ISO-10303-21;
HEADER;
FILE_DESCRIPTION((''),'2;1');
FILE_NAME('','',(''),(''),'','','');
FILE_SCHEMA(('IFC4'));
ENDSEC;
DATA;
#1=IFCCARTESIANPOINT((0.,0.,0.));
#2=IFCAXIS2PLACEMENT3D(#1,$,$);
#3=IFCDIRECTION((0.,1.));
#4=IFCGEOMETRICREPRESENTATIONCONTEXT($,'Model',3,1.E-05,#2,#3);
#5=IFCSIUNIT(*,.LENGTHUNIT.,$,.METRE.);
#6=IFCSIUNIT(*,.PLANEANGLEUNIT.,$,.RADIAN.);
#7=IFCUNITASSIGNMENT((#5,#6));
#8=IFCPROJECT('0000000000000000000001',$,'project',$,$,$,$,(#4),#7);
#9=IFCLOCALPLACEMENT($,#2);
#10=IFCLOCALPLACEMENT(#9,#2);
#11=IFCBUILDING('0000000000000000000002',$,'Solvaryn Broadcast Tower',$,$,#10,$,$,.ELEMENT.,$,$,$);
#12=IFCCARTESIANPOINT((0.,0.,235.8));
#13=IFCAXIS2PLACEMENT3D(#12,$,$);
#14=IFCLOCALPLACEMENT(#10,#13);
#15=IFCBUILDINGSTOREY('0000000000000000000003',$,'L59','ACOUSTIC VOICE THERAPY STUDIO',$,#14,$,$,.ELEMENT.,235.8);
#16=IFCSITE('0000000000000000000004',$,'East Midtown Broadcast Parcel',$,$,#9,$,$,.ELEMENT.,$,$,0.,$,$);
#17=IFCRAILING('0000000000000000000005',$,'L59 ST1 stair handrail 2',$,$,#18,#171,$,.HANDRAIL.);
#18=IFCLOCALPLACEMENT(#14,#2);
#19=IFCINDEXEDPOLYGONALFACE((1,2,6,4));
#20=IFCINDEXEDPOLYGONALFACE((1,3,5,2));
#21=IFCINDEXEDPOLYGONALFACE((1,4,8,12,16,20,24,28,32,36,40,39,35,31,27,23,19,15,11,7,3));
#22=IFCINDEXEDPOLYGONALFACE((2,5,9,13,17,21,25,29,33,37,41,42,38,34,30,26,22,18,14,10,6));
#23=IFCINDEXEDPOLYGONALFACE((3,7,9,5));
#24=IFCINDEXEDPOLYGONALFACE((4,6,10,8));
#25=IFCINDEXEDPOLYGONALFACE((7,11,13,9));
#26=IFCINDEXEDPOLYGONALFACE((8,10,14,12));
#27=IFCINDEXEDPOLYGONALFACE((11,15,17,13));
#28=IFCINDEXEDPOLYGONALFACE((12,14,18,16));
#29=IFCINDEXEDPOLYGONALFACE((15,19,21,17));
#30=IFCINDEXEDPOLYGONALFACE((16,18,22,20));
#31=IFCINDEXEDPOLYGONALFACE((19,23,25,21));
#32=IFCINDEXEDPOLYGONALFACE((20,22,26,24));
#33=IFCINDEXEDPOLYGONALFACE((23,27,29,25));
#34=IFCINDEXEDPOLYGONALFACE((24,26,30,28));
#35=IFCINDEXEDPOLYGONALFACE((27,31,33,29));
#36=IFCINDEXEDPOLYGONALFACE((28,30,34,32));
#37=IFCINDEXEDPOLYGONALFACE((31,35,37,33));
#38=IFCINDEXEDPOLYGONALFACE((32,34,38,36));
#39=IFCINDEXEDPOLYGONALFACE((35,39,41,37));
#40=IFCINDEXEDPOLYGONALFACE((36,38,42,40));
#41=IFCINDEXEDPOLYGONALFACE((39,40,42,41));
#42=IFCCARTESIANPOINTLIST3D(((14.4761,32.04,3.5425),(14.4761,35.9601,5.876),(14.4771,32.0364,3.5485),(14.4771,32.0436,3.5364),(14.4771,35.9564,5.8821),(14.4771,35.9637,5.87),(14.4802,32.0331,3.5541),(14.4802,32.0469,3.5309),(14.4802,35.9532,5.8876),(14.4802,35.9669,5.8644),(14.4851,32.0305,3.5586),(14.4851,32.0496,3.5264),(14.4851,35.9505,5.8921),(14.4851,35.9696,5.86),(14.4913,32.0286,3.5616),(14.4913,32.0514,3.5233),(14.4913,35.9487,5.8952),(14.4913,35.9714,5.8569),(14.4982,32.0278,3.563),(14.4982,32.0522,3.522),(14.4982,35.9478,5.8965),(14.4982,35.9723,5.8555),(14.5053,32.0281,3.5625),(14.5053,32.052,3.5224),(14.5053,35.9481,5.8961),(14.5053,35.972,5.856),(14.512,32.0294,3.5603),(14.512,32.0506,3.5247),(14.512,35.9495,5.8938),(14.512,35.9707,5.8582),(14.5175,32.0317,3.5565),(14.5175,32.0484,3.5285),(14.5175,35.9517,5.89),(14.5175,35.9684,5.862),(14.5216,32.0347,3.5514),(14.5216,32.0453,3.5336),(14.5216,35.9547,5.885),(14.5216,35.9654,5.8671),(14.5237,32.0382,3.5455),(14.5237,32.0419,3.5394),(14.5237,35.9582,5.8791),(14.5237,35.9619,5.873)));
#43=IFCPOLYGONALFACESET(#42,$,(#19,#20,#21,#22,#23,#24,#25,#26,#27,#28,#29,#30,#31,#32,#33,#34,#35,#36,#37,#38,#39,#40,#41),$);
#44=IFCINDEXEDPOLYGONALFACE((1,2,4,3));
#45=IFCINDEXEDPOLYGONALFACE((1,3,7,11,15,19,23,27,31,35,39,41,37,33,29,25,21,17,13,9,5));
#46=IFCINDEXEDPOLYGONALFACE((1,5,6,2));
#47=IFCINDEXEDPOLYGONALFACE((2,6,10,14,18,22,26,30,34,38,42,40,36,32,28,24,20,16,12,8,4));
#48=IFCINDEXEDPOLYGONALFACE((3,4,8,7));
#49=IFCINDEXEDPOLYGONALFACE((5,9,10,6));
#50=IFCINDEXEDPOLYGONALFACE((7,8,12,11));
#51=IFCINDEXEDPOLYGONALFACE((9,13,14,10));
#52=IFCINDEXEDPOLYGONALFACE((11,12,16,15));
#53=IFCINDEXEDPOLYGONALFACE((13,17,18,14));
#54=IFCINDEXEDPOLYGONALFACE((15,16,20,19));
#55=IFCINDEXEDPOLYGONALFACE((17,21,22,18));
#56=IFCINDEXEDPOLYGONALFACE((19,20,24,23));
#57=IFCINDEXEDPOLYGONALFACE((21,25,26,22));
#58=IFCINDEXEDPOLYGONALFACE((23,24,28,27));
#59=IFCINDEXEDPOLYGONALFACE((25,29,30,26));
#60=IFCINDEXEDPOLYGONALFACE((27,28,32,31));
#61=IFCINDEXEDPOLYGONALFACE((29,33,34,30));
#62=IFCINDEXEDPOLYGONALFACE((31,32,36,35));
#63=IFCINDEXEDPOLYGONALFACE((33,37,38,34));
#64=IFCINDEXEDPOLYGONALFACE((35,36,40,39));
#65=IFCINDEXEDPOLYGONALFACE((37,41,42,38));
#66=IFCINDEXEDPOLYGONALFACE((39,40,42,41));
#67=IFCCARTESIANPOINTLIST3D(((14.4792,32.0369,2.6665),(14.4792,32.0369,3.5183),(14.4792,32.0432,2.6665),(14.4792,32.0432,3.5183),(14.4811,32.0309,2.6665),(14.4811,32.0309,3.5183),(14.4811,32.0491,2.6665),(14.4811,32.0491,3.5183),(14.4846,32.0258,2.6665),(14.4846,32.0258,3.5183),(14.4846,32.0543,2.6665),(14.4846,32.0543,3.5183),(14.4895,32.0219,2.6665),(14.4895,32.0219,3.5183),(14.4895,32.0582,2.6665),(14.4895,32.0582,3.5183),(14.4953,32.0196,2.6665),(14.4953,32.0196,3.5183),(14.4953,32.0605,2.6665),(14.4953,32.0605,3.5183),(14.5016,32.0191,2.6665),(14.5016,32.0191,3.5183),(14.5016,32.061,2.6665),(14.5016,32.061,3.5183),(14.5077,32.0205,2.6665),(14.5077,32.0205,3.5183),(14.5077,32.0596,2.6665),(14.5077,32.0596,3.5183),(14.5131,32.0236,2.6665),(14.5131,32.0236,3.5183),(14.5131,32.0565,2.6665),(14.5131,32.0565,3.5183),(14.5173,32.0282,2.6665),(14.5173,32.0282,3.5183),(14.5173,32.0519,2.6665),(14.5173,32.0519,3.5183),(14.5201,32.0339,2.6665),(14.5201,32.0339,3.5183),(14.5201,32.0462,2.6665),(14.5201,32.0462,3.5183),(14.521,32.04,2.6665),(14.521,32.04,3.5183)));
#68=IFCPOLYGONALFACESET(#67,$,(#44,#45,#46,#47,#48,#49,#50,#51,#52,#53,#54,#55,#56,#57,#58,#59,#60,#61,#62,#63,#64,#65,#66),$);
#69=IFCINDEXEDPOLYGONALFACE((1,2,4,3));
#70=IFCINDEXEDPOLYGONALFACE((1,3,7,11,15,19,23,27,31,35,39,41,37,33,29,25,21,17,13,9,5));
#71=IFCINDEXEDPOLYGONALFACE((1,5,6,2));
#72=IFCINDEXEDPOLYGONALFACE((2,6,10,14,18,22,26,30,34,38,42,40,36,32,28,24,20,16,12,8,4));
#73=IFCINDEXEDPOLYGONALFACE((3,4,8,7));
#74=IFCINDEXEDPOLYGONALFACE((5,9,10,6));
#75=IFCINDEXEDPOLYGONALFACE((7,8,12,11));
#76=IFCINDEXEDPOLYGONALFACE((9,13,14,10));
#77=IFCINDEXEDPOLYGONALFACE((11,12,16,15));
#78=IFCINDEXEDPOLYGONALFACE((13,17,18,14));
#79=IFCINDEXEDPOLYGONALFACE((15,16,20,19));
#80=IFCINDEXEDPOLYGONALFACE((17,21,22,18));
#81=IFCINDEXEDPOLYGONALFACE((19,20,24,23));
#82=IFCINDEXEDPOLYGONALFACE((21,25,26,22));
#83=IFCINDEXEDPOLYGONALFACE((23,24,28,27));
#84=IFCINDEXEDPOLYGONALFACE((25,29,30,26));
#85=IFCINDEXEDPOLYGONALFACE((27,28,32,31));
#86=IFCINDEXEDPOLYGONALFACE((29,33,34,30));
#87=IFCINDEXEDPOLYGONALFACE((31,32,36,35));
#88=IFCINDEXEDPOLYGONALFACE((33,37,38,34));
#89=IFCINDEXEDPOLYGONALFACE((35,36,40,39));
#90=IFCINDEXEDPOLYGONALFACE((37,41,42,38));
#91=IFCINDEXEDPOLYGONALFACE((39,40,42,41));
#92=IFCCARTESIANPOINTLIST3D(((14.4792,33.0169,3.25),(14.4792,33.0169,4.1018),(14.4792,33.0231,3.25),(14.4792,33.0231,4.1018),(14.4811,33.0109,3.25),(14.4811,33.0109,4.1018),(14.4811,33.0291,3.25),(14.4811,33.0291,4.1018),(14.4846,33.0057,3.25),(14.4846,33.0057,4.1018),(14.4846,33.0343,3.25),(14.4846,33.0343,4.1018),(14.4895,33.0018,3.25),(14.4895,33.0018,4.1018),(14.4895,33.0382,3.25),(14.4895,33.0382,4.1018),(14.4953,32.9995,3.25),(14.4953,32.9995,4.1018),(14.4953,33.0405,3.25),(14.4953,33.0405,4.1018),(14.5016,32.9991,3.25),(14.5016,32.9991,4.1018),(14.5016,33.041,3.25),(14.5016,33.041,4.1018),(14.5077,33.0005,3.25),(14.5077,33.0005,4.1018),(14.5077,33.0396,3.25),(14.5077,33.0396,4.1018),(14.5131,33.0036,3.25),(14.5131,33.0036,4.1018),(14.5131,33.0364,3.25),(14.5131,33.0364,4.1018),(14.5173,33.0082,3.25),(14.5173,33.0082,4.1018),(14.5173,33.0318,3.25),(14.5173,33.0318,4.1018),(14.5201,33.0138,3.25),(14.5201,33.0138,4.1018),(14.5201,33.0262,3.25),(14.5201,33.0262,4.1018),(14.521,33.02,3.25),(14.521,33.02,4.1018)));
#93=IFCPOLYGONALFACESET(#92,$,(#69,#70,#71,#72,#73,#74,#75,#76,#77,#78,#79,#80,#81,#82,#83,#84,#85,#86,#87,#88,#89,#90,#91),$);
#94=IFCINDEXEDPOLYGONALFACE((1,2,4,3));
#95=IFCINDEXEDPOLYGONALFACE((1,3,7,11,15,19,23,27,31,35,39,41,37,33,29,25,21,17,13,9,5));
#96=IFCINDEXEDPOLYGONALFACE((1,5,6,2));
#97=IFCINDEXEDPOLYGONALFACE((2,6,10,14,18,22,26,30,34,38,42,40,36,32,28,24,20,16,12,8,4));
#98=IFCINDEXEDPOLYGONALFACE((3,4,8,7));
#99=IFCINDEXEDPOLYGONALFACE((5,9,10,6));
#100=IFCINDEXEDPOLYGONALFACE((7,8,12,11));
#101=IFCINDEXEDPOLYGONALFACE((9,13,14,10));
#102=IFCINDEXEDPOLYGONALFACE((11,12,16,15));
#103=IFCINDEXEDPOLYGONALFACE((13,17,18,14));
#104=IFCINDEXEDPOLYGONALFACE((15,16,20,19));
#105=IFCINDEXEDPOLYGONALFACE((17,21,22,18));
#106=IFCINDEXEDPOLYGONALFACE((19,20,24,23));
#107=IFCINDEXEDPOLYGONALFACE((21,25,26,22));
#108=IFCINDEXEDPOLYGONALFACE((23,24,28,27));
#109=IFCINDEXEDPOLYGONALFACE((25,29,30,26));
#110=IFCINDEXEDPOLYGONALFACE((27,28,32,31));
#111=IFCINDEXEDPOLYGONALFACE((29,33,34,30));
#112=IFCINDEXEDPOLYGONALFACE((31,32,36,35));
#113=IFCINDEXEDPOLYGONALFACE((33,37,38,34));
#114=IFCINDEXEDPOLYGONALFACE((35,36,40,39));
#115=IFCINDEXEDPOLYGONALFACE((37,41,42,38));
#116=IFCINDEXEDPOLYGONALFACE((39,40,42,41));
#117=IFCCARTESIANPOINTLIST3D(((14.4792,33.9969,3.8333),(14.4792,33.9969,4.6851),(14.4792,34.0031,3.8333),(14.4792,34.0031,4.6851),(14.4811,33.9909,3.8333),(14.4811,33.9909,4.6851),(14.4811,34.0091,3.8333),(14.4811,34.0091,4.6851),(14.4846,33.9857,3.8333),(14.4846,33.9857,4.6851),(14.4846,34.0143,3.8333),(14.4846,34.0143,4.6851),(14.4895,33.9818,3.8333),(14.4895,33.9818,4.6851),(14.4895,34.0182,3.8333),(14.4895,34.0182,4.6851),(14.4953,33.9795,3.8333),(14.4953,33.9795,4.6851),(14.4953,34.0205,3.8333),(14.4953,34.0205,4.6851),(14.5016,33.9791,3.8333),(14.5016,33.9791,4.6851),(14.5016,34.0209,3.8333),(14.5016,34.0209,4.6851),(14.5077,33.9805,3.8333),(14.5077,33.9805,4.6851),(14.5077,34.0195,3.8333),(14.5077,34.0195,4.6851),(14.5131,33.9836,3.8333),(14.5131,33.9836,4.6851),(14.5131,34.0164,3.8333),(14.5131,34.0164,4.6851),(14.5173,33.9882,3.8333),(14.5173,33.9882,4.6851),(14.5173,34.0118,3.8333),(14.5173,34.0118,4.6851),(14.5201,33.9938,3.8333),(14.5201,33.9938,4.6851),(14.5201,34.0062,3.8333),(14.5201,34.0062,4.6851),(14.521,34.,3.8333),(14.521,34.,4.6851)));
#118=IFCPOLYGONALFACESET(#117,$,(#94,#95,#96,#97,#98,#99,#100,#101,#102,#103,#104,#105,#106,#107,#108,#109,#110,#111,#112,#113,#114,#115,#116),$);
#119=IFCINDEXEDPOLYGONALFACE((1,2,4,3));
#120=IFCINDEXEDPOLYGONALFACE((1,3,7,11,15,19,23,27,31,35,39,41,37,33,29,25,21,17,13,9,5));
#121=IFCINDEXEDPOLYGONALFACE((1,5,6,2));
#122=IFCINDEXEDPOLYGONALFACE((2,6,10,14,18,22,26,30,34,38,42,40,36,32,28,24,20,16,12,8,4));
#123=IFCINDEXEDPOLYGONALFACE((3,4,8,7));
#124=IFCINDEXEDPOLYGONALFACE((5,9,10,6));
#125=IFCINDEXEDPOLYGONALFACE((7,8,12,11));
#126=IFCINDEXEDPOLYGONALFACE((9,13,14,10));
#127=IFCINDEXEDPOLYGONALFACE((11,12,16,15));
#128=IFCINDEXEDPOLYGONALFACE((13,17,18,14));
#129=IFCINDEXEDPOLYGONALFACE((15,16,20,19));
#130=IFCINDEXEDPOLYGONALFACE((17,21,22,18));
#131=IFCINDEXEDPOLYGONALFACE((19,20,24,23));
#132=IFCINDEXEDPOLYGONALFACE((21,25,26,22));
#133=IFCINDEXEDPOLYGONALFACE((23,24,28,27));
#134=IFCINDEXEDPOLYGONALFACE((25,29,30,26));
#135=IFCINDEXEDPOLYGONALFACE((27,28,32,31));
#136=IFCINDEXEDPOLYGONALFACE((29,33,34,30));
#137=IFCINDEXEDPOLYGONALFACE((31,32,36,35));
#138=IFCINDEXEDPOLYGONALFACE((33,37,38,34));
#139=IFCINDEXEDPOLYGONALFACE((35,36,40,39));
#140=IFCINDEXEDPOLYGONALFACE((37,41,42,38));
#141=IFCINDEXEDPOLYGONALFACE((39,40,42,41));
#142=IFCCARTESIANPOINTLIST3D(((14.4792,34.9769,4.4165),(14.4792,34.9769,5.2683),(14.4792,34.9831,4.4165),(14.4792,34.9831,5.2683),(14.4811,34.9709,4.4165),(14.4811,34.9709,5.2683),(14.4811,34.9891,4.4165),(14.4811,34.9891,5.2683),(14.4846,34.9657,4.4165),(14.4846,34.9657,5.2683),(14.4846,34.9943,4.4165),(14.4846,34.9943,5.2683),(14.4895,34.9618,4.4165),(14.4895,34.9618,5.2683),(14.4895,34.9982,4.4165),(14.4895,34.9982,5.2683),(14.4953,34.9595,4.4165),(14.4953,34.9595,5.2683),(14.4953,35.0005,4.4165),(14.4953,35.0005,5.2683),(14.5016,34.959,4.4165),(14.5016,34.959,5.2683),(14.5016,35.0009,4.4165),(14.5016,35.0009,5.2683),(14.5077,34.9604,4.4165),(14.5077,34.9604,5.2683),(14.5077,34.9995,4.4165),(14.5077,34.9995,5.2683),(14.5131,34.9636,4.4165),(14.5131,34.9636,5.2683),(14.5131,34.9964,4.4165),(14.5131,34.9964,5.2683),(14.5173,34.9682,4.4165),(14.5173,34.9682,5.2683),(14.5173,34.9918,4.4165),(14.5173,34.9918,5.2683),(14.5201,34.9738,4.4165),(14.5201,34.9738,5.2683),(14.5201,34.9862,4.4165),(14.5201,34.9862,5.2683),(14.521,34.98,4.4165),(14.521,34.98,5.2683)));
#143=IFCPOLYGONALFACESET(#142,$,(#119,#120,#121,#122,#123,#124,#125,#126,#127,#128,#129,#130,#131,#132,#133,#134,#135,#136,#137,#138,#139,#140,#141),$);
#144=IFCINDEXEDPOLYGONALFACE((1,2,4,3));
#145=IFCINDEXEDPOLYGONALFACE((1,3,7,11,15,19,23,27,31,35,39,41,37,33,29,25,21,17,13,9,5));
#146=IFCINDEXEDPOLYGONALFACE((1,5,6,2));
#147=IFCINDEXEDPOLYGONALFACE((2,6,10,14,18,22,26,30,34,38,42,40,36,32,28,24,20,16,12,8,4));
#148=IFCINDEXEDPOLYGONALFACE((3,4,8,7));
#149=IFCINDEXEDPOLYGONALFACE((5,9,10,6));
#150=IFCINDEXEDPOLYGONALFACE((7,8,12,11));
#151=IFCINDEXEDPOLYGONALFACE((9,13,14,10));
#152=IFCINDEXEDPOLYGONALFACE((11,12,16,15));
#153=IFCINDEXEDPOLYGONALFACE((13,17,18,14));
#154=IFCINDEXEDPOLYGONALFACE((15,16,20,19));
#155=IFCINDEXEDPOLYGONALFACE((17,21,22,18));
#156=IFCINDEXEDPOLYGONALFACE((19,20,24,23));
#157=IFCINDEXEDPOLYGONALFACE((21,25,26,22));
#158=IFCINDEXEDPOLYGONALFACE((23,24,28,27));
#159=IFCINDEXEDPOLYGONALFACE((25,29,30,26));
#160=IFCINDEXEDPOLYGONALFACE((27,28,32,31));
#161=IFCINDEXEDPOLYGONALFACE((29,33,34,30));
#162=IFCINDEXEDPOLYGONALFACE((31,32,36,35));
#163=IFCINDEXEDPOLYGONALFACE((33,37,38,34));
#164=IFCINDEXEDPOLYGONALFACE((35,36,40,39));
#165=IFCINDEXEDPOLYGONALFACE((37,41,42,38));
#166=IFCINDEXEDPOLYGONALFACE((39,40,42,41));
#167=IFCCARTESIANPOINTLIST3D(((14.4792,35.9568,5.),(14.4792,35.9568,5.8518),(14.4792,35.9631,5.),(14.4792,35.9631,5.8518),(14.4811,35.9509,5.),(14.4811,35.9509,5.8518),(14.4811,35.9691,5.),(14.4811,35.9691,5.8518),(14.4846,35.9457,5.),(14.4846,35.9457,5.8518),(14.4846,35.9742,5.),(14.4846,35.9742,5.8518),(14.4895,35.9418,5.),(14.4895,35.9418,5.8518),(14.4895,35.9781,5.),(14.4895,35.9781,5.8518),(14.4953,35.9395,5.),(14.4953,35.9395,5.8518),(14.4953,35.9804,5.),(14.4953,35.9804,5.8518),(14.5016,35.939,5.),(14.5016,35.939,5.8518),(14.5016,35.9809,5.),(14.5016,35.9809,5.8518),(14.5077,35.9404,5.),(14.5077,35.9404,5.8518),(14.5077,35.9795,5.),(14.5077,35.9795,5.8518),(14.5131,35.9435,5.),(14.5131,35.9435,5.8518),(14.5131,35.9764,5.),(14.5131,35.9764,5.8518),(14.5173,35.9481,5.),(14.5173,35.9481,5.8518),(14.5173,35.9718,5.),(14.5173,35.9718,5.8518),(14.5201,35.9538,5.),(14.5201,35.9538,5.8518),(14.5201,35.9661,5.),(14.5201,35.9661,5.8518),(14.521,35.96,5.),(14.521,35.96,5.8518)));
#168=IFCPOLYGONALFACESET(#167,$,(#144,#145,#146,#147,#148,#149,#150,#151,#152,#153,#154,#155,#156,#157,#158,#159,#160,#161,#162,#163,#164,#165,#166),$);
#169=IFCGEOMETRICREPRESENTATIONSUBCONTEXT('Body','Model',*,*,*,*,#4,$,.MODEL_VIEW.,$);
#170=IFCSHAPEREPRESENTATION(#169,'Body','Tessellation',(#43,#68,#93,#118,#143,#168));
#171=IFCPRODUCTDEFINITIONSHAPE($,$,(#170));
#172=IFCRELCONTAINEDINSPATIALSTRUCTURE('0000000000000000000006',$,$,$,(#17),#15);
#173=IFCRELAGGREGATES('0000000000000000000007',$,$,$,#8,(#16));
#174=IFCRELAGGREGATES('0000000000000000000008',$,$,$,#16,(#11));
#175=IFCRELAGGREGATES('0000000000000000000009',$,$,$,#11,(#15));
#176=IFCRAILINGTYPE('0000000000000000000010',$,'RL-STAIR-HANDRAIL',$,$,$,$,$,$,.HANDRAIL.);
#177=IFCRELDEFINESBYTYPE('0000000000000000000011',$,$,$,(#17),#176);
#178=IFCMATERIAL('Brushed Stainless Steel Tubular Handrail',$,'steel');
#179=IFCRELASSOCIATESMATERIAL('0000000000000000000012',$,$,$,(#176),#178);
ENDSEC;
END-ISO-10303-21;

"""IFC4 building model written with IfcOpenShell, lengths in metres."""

from ifc_helpers import new_model, si_unit, direction, frame, origin, origin_2d, place, context, subcontext, project, spatial, circle, extrude, material, type_object, element, save


model = new_model("IFC4")

# Units and contexts
model_context = context("Model", 3, precision=1e-05, world=origin(), true_north=direction((0.0, 1.0)))
body_context = subcontext(model_context, "Body", "Model", "MODEL_VIEW")
ifc_project = project(units=[si_unit("LENGTHUNIT", "METRE"), si_unit("PLANEANGLEUNIT", "RADIAN")], contexts=[model_context])

# Site, building, storey
site_placement = place(None, origin())
site = spatial("IfcSite", under=ifc_project, at=site_placement, Name="East Midtown Broadcast Parcel", CompositionType="ELEMENT", RefElevation=0.0)
building_placement = place(site_placement, origin())
building = spatial("IfcBuilding", under=site, at=building_placement, Name="Solvaryn Broadcast Tower", CompositionType="ELEMENT")
storey_placement = place(building_placement, frame((0.0, 0.0, 235.8)))
storey = spatial("IfcBuildingStorey", under=building, at=storey_placement, Name="L59", Description="ACOUSTIC VOICE THERAPY STUDIO", CompositionType="ELEMENT", Elevation=235.8)

# Railing
ifc_material_1 = material(Name="Brushed Stainless Steel Tubular Handrail", Category="steel")
railing_type_1 = type_object("IfcRailingType", Name="RL-STAIR-HANDRAIL", PredefinedType="HANDRAIL", material=ifc_material_1)
railing_1_placement = place(storey_placement, frame((14.5, 32.04, 2.6665)))
element("IfcRailing", 1, at=railing_1_placement, inside=storey, type_object=railing_type_1, Name="L59 ST1 stair handrail 2", PredefinedType="HANDRAIL", context=body_context, shape_type="SweptSolid", body=[
    extrude(circle(Radius=0.0239, at=origin_2d()), frame((0.0, 0.0, 0.876), z_axis=(0.0, 0.859273, 0.511518), x_axis=(-1.0, 0.0, 0.0)), (0.0, 0.0, 1.0), 4.562),
    extrude(circle(Radius=0.021, at=origin_2d()), origin(), (0.0, 0.0, 1.0), 0.8518),
    extrude(circle(Radius=0.021, at=origin_2d()), frame((0.0, 0.98, 0.5835)), (0.0, 0.0, 1.0), 0.8518),
    extrude(circle(Radius=0.021, at=origin_2d()), frame((0.0, 1.96, 1.1667)), (0.0, 0.0, 1.0), 0.8518),
    extrude(circle(Radius=0.021, at=origin_2d()), frame((0.0, 2.9399, 1.75)), (0.0, 0.0, 1.0), 0.8518),
    extrude(circle(Radius=0.021, at=origin_2d()), frame((0.0, 3.9199, 2.3335)), (0.0, 0.0, 1.0), 0.8518),
])

save(model, "model.ifc")
